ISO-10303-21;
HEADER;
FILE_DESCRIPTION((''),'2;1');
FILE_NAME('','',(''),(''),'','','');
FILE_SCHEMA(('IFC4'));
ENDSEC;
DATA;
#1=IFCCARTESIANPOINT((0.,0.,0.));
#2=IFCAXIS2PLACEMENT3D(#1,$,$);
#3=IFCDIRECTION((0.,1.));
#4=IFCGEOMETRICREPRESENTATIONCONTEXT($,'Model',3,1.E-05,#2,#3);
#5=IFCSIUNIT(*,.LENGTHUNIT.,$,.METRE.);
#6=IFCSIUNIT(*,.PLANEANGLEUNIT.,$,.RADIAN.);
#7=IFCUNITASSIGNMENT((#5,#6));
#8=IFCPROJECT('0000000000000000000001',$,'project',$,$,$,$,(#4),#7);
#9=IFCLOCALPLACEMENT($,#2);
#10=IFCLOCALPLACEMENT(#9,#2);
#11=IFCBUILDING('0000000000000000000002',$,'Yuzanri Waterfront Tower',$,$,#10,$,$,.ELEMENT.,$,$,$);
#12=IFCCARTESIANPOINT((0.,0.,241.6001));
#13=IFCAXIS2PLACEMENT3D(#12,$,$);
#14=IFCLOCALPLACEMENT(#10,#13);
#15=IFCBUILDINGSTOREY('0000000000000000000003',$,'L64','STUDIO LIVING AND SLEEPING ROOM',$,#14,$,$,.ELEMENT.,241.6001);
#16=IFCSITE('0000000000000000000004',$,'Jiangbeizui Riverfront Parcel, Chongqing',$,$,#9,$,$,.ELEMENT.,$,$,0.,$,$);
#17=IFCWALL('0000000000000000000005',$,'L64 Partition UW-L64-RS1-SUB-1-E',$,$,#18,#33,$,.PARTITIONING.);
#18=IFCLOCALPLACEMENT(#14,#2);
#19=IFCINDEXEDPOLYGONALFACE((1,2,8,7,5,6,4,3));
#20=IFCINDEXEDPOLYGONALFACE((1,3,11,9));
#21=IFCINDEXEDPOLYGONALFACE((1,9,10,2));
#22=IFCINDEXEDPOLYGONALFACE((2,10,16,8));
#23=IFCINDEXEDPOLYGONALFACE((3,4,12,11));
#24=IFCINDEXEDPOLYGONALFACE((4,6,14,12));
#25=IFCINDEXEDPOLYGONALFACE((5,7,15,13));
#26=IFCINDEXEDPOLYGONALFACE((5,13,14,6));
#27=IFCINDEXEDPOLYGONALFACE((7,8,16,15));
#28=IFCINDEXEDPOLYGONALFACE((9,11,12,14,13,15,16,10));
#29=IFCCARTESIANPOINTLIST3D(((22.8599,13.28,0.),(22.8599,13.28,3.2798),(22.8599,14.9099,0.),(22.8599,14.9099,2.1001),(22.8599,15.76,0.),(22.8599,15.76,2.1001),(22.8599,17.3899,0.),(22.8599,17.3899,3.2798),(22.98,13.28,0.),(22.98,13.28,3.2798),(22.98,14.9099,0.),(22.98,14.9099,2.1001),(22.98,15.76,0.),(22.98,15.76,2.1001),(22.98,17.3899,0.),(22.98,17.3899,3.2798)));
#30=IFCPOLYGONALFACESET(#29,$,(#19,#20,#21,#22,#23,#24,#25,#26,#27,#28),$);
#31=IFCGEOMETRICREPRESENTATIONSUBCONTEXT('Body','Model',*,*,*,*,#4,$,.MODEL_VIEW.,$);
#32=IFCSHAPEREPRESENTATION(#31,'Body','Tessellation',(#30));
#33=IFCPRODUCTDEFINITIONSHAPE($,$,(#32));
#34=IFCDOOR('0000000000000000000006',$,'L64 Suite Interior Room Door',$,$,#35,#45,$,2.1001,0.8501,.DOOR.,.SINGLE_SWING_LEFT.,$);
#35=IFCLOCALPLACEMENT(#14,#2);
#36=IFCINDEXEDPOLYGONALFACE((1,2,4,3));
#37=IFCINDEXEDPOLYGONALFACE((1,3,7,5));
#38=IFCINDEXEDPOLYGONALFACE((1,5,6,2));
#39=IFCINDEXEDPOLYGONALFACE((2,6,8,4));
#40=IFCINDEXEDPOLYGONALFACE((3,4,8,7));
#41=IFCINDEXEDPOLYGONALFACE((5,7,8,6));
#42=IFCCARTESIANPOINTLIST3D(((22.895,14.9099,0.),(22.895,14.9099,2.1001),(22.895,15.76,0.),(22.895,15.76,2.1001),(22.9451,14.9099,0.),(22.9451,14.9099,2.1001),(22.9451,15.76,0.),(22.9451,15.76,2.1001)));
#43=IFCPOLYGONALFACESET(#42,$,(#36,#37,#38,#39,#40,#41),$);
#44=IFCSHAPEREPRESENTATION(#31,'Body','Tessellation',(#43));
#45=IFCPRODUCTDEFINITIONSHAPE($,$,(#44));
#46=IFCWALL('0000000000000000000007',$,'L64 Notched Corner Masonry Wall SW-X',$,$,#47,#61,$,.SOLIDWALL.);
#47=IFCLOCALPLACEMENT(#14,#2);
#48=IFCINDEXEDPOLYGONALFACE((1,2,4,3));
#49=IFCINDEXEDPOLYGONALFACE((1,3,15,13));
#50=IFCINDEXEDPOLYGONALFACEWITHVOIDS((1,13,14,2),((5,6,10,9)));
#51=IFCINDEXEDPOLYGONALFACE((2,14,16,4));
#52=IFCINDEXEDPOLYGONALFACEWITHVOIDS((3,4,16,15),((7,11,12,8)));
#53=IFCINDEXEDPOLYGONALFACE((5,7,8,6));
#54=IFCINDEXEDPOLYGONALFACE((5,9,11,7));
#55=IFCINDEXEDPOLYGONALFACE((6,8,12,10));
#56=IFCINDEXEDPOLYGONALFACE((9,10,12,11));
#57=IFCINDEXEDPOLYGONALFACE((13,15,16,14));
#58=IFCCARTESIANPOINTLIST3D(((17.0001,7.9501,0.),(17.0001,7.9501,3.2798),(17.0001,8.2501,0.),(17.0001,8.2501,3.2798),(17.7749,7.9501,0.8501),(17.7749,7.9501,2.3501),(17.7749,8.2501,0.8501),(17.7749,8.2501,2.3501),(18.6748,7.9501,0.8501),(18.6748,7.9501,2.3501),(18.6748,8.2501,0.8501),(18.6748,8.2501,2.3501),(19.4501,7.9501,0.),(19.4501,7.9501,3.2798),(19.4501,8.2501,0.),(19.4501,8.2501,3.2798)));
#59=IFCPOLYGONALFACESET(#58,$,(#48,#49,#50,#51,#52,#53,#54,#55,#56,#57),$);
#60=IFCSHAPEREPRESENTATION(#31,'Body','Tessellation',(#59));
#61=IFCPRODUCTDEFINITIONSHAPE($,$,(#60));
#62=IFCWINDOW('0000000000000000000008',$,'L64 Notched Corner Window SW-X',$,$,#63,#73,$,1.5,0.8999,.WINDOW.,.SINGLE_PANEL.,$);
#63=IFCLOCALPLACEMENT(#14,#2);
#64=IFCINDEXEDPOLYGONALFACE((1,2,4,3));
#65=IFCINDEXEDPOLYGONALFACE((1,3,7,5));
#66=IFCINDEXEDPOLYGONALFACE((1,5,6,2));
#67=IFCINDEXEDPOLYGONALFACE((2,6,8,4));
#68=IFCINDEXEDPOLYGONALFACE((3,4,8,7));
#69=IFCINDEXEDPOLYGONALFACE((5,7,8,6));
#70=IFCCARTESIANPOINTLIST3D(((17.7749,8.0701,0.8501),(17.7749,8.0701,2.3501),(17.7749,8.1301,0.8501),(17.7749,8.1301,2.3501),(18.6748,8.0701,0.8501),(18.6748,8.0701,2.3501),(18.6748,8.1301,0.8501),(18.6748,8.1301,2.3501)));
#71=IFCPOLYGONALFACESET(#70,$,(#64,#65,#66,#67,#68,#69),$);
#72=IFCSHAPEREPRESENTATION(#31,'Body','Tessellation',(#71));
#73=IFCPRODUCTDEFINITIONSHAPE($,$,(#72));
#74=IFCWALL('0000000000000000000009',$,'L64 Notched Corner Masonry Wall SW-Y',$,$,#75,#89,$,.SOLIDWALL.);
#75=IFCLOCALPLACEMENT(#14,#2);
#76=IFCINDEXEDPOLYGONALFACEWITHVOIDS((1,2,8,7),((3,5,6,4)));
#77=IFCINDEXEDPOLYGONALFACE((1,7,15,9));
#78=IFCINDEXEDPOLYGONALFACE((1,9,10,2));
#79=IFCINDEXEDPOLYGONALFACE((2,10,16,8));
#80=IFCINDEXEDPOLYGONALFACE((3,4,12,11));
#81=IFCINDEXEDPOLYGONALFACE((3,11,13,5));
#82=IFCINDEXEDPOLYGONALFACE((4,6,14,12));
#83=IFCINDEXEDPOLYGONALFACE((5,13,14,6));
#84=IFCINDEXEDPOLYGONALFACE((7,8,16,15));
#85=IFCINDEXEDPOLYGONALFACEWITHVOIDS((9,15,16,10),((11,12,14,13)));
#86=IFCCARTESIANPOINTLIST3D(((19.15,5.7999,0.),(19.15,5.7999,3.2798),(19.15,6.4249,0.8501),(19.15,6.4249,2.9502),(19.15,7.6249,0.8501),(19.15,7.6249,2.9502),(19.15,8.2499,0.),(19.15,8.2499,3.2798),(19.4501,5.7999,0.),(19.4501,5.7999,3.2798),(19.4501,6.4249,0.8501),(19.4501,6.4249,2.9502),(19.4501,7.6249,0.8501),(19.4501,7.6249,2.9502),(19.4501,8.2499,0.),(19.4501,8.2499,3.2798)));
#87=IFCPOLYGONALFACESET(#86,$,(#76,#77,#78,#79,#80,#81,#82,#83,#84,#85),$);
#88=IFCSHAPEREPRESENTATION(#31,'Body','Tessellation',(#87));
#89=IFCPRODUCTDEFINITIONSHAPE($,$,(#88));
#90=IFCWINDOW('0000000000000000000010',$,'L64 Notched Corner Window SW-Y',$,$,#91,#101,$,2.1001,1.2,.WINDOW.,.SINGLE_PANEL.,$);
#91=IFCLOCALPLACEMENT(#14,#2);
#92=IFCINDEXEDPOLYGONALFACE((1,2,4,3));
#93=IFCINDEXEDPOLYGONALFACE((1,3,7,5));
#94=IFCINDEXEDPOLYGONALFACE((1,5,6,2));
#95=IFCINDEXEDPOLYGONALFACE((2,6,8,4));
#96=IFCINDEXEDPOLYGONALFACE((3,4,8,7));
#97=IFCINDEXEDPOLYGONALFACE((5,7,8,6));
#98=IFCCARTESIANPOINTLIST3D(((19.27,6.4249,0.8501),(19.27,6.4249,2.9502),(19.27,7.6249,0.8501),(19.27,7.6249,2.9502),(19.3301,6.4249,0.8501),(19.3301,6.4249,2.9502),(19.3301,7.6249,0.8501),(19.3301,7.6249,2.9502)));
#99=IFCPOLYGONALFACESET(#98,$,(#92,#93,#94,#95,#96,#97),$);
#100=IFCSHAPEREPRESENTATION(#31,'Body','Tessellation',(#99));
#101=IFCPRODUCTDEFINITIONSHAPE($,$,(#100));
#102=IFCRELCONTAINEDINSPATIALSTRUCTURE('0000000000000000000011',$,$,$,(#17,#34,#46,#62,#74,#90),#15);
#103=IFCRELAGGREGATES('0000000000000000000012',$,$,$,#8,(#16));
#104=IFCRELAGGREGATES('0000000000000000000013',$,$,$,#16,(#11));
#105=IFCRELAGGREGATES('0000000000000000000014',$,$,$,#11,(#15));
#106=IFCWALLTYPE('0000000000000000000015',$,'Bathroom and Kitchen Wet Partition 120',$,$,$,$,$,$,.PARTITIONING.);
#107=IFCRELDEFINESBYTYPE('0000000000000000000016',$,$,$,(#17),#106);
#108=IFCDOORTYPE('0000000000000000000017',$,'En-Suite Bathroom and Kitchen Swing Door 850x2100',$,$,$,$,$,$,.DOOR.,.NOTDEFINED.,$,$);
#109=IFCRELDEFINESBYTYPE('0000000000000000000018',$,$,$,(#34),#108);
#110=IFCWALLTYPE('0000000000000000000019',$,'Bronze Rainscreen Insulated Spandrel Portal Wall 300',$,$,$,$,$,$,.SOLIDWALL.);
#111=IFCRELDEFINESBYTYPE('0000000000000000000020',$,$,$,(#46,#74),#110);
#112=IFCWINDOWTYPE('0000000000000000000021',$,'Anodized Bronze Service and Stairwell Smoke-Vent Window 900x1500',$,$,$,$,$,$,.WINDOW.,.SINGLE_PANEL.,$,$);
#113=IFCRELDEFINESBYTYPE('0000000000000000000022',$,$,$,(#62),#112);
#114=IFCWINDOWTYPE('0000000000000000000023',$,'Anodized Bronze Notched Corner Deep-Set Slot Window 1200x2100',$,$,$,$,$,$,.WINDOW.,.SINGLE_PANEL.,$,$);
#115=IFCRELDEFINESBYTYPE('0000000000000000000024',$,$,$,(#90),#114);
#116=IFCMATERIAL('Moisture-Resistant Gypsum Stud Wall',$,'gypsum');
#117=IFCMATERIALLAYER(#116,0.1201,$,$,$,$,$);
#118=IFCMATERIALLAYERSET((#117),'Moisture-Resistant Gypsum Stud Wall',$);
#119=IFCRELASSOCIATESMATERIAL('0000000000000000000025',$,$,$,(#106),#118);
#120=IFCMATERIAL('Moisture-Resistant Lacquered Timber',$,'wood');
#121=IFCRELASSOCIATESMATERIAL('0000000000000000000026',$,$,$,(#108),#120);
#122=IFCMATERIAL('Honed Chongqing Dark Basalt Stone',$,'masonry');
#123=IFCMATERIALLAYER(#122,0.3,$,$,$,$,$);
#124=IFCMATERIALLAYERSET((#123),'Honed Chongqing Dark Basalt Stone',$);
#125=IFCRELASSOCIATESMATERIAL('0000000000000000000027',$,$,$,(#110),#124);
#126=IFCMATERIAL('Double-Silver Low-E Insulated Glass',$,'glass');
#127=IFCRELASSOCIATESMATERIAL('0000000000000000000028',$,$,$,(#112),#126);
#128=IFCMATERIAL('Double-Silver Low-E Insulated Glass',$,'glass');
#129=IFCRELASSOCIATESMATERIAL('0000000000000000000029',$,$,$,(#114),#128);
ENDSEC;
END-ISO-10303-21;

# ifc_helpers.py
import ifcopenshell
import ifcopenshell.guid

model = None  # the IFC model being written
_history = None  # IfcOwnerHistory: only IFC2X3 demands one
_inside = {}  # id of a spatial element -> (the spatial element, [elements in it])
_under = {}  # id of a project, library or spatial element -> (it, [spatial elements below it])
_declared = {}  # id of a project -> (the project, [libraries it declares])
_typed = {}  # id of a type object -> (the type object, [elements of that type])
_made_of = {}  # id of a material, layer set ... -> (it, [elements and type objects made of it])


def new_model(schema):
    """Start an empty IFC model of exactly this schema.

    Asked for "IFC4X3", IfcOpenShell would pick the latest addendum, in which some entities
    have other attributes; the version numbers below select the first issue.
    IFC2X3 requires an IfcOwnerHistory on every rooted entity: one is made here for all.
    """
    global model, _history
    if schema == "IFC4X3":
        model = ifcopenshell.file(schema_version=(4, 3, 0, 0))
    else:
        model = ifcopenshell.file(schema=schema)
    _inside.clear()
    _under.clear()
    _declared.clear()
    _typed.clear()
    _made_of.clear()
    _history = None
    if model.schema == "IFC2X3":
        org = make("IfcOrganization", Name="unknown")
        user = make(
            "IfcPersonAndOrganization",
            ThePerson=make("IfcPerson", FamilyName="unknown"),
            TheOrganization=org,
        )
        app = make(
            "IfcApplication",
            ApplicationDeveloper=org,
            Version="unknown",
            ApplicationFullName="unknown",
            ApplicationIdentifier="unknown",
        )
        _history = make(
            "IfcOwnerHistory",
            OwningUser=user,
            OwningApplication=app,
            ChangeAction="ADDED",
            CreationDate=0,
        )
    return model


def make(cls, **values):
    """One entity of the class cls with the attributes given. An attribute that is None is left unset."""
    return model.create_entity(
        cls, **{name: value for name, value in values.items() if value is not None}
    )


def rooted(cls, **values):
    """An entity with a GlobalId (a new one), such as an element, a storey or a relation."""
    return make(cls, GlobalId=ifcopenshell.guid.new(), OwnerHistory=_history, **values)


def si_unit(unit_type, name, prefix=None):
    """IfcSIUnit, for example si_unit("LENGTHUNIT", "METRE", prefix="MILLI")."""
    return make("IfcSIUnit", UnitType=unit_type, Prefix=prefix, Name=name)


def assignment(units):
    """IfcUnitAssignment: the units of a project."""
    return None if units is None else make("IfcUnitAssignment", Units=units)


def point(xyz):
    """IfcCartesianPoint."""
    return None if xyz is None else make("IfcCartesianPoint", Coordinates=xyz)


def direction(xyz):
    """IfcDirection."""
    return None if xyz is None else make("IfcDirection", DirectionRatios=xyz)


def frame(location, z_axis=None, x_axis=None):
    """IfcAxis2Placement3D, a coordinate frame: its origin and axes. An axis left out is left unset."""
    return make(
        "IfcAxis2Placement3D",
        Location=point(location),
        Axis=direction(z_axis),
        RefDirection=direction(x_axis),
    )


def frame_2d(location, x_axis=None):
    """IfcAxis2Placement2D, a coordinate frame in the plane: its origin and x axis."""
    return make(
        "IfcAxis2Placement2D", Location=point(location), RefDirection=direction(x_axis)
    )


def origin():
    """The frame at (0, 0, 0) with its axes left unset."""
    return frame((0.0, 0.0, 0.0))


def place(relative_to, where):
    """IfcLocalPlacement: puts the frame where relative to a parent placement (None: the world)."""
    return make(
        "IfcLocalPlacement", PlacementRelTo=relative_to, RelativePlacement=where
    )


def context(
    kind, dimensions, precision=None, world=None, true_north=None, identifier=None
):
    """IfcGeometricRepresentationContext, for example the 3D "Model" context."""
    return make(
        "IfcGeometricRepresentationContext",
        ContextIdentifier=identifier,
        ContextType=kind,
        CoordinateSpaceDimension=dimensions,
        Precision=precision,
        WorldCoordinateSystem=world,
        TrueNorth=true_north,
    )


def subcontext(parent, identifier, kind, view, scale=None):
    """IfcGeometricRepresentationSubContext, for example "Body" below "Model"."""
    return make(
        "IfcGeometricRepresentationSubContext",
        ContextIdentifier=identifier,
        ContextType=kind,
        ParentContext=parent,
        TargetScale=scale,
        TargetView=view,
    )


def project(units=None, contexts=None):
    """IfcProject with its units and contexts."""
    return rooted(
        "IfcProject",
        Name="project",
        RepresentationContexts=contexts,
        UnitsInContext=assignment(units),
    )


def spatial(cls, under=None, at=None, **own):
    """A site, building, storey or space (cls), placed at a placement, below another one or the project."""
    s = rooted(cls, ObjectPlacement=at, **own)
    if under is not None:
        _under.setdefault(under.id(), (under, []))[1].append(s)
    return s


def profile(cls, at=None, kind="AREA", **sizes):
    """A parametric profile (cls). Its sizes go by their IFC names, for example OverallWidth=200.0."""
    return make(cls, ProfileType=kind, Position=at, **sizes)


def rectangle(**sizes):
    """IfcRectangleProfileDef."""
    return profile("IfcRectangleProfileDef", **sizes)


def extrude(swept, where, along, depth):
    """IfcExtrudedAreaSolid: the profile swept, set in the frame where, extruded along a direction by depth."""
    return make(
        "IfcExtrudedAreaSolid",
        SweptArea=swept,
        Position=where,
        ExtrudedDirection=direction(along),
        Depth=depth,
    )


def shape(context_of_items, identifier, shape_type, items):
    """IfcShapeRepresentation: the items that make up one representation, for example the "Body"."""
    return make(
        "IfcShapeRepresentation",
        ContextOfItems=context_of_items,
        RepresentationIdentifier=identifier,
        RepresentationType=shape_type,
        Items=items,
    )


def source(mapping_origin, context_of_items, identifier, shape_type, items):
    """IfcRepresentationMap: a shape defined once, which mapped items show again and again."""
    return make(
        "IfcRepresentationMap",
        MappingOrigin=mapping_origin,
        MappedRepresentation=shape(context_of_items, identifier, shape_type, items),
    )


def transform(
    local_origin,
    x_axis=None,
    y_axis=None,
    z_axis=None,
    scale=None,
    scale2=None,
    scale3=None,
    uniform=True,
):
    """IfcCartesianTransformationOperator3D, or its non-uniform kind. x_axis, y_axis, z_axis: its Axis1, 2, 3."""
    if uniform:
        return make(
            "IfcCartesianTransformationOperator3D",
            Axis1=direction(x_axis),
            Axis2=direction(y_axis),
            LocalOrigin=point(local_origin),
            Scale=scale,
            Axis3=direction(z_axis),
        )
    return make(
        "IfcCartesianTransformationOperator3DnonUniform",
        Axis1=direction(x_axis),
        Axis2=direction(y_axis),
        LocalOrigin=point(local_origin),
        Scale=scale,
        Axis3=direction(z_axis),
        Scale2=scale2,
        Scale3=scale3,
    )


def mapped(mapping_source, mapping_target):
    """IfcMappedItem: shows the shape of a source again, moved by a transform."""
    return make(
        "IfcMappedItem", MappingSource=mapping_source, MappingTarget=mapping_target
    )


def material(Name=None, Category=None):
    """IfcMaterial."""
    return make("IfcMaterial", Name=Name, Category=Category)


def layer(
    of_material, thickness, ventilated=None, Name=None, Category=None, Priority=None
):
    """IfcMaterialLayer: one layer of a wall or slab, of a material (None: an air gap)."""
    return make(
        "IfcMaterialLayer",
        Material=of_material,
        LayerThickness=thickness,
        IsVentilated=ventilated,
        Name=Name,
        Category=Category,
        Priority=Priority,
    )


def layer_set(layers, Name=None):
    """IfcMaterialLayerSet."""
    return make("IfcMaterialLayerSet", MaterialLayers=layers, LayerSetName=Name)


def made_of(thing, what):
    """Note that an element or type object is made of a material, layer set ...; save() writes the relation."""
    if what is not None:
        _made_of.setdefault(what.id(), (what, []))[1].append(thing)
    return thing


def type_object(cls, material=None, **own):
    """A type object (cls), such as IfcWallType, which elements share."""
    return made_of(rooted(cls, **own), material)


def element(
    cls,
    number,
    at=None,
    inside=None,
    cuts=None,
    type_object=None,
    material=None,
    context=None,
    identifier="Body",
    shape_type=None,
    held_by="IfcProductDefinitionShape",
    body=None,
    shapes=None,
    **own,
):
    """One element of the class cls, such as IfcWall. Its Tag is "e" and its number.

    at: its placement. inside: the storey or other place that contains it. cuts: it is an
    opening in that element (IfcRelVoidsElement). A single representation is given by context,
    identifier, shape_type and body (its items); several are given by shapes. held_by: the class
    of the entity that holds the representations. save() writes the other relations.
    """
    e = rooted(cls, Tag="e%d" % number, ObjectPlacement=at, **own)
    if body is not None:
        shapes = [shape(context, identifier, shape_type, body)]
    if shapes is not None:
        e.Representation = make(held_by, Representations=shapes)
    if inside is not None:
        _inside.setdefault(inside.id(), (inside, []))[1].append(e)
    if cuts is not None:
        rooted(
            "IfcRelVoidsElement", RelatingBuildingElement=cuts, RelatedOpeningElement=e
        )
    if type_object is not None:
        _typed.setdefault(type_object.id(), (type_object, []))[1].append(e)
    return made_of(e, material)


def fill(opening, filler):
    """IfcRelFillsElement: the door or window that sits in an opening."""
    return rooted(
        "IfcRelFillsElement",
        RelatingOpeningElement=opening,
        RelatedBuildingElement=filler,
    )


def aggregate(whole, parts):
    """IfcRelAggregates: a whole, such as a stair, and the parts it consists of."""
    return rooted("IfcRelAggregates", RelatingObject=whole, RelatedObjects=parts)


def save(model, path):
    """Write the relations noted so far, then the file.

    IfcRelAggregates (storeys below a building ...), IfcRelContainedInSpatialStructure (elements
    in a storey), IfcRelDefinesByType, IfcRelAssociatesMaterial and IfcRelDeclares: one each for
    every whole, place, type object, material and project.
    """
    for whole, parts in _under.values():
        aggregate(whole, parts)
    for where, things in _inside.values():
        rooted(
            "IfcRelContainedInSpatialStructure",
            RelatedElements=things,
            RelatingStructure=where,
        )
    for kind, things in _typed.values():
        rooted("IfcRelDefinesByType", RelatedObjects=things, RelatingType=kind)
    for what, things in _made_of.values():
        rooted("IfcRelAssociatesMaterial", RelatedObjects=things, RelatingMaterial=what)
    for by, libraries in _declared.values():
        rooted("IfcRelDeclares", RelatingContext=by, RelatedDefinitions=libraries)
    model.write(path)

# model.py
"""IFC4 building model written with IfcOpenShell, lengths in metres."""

from ifc_helpers import new_model, si_unit, direction, frame, frame_2d, origin, place, context, subcontext, project, spatial, rectangle, extrude, source, transform, mapped, material, layer, layer_set, type_object, element, fill, save


model = new_model("IFC4")

# Units and contexts
model_context = context("Model", 3, precision=1e-05, world=origin(), true_north=direction((0.0, 1.0)))
body_context = subcontext(model_context, "Body", "Model", "MODEL_VIEW")
ifc_project = project(units=[si_unit("LENGTHUNIT", "METRE"), si_unit("PLANEANGLEUNIT", "RADIAN")], contexts=[model_context])

# Site, building, storey
site_placement = place(None, origin())
site = spatial("IfcSite", under=ifc_project, at=site_placement, Name="Jiangbeizui Riverfront Parcel, Chongqing", CompositionType="ELEMENT", RefElevation=0.0)
building_placement = place(site_placement, origin())
building = spatial("IfcBuilding", under=site, at=building_placement, Name="Yuzanri Waterfront Tower", CompositionType="ELEMENT")
storey_placement = place(building_placement, frame((0.0, 0.0, 241.6001)))
storey = spatial("IfcBuildingStorey", under=building, at=storey_placement, Name="L64", Description="STUDIO LIVING AND SLEEPING ROOM", CompositionType="ELEMENT", Elevation=241.6001)

# Wall, opening, door
ifc_material_1 = material(Name="Moisture-Resistant Gypsum Stud Wall", Category="gypsum")
ifc_layer_1 = layer(ifc_material_1, 0.1201)
ifc_layer_set_1 = layer_set([ifc_layer_1], Name="Moisture-Resistant Gypsum Stud Wall")
wall_type_1 = type_object("IfcWallType", Name="Bathroom and Kitchen Wet Partition 120", PredefinedType="PARTITIONING", material=ifc_layer_set_1)
wall_1_placement = place(storey_placement, frame((22.9199, 13.28, 0.0), z_axis=(0.0, 0.0, 1.0), x_axis=(0.0, 1.0, 0.0)))
wall_1 = element("IfcWall", 1, at=wall_1_placement, inside=storey, type_object=wall_type_1, Name="L64 Partition UW-L64-RS1-SUB-1-E", PredefinedType="PARTITIONING", context=body_context, shape_type="SweptSolid", body=[
    extrude(rectangle(XDim=4.1099, YDim=0.1201, at=frame_2d((2.0549, 0.0))), origin(), (0.0, 0.0, 1.0), 3.2798),
])
opening_1_placement = place(wall_1_placement, frame((1.6299, 0.0, 0.0)))
opening_1 = element("IfcOpeningElement", 2, at=opening_1_placement, cuts=wall_1, PredefinedType="OPENING", context=body_context, shape_type="SweptSolid", body=[
    extrude(rectangle(XDim=0.8501, YDim=2.1001, at=frame_2d((0.425, 1.05))), frame((0.0, 0.075, 0.0), z_axis=(0.0, -1.0, 0.0), x_axis=(1.0, 0.0, 0.0)), (0.0, 0.0, 1.0), 0.1499),
])
ifc_material_2 = material(Name="Moisture-Resistant Lacquered Timber", Category="wood")
door_type_1 = type_object("IfcDoorType", Name="En-Suite Bathroom and Kitchen Swing Door 850x2100", OperationType="NOTDEFINED", PredefinedType="DOOR", material=ifc_material_2)
shared_shape_1 = source(origin(), body_context, "Body", "SweptSolid", [
    extrude(rectangle(XDim=0.8501, YDim=2.1001, at=frame_2d((0.425, 1.05))), frame((0.0, 0.0249, 0.0), z_axis=(0.0, -1.0, 0.0), x_axis=(1.0, 0.0, 0.0)), (0.0, 0.0, 1.0), 0.05),
])
door_1_placement = place(opening_1_placement, origin())
door_1 = element("IfcDoor", 3, at=door_1_placement, inside=storey, type_object=door_type_1, Name="L64 Suite Interior Room Door", OperationType="SINGLE_SWING_LEFT", OverallHeight=2.1001, OverallWidth=0.8501, PredefinedType="DOOR", context=body_context, shape_type="MappedRepresentation", body=[
    mapped(shared_shape_1, transform((0.0, 0.0, 0.0), scale=1.0)),
])
fill(opening_1, door_1)

# Walls, openings, windows
ifc_material_3 = material(Name="Honed Chongqing Dark Basalt Stone", Category="masonry")
ifc_layer_2 = layer(ifc_material_3, 0.3)
ifc_layer_set_2 = layer_set([ifc_layer_2], Name="Honed Chongqing Dark Basalt Stone")
wall_type_2 = type_object("IfcWallType", Name="Bronze Rainscreen Insulated Spandrel Portal Wall 300", PredefinedType="SOLIDWALL", material=ifc_layer_set_2)
wall_2_placement = place(storey_placement, frame((17.0, 8.1001, 0.0), z_axis=(0.0, 0.0, 1.0), x_axis=(1.0, 0.0, 0.0)))
wall_2 = element("IfcWall", 4, at=wall_2_placement, inside=storey, type_object=wall_type_2, Name="L64 Notched Corner Masonry Wall SW-X", PredefinedType="SOLIDWALL", context=body_context, shape_type="SweptSolid", body=[
    extrude(rectangle(XDim=2.45, YDim=0.3, at=frame_2d((1.2251, 0.0))), origin(), (0.0, 0.0, 1.0), 3.2798),
])
opening_2_placement = place(wall_2_placement, frame((0.7749, 0.0, 0.8501)))
opening_2 = element("IfcOpeningElement", 5, at=opening_2_placement, cuts=wall_2, PredefinedType="OPENING", context=body_context, shape_type="SweptSolid", body=[
    extrude(rectangle(XDim=0.8999, YDim=1.5, at=frame_2d((0.45, 0.75))), frame((0.0, 0.165, 0.0), z_axis=(0.0, -1.0, 0.0), x_axis=(1.0, 0.0, 0.0)), (0.0, 0.0, 1.0), 0.3298),
])
ifc_material_4 = material(Name="Double-Silver Low-E Insulated Glass", Category="glass")
window_type_1 = type_object("IfcWindowType", Name="Anodized Bronze Service and Stairwell Smoke-Vent Window 900x1500", PartitioningType="SINGLE_PANEL", PredefinedType="WINDOW", material=ifc_material_4)
shared_shape_2 = source(origin(), body_context, "Body", "SweptSolid", [
    extrude(rectangle(XDim=0.8999, YDim=1.5, at=frame_2d((0.45, 0.75))), frame((0.0, 0.03, 0.0), z_axis=(0.0, -1.0, 0.0), x_axis=(1.0, 0.0, 0.0)), (0.0, 0.0, 1.0), 0.0601),
])
window_1_placement = place(opening_2_placement, origin())
window_1 = element("IfcWindow", 6, at=window_1_placement, inside=storey, type_object=window_type_1, Name="L64 Notched Corner Window SW-X", OverallHeight=1.5, OverallWidth=0.8999, PartitioningType="SINGLE_PANEL", PredefinedType="WINDOW", context=body_context, shape_type="MappedRepresentation", body=[
    mapped(shared_shape_2, transform((0.0, 0.0, 0.0), scale=1.0)),
])
fill(opening_2, window_1)
wall_3_placement = place(storey_placement, frame((19.3, 8.25, 0.0), z_axis=(0.0, 0.0, 1.0), x_axis=(0.0, -1.0, 0.0)))
wall_3 = element("IfcWall", 7, at=wall_3_placement, inside=storey, type_object=wall_type_2, Name="L64 Notched Corner Masonry Wall SW-Y", PredefinedType="SOLIDWALL", context=body_context, shape_type="SweptSolid", body=[
    extrude(rectangle(XDim=2.45, YDim=0.3, at=frame_2d((1.2251, 0.0))), origin(), (0.0, 0.0, 1.0), 3.2798),
])
opening_3_placement = place(wall_3_placement, frame((0.625, 0.0, 0.8501)))
opening_3 = element("IfcOpeningElement", 8, at=opening_3_placement, cuts=wall_3, PredefinedType="OPENING", context=body_context, shape_type="SweptSolid", body=[
    extrude(rectangle(XDim=1.2, YDim=2.1001, at=frame_2d((0.6001, 1.05))), frame((0.0, 0.165, 0.0), z_axis=(0.0, -1.0, 0.0), x_axis=(1.0, 0.0, 0.0)), (0.0, 0.0, 1.0), 0.3298),
])
ifc_material_5 = material(Name="Double-Silver Low-E Insulated Glass", Category="glass")
window_type_2 = type_object("IfcWindowType", Name="Anodized Bronze Notched Corner Deep-Set Slot Window 1200x2100", PartitioningType="SINGLE_PANEL", PredefinedType="WINDOW", material=ifc_material_5)
shared_shape_3 = source(origin(), body_context, "Body", "SweptSolid", [
    extrude(rectangle(XDim=1.2, YDim=2.1001, at=frame_2d((0.6001, 1.05))), frame((0.0, 0.03, 0.0), z_axis=(0.0, -1.0, 0.0), x_axis=(1.0, 0.0, 0.0)), (0.0, 0.0, 1.0), 0.0601),
])
window_2_placement = place(opening_3_placement, origin())
window_2 = element("IfcWindow", 9, at=window_2_placement, inside=storey, type_object=window_type_2, Name="L64 Notched Corner Window SW-Y", OverallHeight=2.1001, OverallWidth=1.2, PartitioningType="SINGLE_PANEL", PredefinedType="WINDOW", context=body_context, shape_type="MappedRepresentation", body=[
    mapped(shared_shape_3, transform((0.0, 0.0, 0.0), scale=1.0)),
])
fill(opening_3, window_2)

save(model, "model.ifc")
